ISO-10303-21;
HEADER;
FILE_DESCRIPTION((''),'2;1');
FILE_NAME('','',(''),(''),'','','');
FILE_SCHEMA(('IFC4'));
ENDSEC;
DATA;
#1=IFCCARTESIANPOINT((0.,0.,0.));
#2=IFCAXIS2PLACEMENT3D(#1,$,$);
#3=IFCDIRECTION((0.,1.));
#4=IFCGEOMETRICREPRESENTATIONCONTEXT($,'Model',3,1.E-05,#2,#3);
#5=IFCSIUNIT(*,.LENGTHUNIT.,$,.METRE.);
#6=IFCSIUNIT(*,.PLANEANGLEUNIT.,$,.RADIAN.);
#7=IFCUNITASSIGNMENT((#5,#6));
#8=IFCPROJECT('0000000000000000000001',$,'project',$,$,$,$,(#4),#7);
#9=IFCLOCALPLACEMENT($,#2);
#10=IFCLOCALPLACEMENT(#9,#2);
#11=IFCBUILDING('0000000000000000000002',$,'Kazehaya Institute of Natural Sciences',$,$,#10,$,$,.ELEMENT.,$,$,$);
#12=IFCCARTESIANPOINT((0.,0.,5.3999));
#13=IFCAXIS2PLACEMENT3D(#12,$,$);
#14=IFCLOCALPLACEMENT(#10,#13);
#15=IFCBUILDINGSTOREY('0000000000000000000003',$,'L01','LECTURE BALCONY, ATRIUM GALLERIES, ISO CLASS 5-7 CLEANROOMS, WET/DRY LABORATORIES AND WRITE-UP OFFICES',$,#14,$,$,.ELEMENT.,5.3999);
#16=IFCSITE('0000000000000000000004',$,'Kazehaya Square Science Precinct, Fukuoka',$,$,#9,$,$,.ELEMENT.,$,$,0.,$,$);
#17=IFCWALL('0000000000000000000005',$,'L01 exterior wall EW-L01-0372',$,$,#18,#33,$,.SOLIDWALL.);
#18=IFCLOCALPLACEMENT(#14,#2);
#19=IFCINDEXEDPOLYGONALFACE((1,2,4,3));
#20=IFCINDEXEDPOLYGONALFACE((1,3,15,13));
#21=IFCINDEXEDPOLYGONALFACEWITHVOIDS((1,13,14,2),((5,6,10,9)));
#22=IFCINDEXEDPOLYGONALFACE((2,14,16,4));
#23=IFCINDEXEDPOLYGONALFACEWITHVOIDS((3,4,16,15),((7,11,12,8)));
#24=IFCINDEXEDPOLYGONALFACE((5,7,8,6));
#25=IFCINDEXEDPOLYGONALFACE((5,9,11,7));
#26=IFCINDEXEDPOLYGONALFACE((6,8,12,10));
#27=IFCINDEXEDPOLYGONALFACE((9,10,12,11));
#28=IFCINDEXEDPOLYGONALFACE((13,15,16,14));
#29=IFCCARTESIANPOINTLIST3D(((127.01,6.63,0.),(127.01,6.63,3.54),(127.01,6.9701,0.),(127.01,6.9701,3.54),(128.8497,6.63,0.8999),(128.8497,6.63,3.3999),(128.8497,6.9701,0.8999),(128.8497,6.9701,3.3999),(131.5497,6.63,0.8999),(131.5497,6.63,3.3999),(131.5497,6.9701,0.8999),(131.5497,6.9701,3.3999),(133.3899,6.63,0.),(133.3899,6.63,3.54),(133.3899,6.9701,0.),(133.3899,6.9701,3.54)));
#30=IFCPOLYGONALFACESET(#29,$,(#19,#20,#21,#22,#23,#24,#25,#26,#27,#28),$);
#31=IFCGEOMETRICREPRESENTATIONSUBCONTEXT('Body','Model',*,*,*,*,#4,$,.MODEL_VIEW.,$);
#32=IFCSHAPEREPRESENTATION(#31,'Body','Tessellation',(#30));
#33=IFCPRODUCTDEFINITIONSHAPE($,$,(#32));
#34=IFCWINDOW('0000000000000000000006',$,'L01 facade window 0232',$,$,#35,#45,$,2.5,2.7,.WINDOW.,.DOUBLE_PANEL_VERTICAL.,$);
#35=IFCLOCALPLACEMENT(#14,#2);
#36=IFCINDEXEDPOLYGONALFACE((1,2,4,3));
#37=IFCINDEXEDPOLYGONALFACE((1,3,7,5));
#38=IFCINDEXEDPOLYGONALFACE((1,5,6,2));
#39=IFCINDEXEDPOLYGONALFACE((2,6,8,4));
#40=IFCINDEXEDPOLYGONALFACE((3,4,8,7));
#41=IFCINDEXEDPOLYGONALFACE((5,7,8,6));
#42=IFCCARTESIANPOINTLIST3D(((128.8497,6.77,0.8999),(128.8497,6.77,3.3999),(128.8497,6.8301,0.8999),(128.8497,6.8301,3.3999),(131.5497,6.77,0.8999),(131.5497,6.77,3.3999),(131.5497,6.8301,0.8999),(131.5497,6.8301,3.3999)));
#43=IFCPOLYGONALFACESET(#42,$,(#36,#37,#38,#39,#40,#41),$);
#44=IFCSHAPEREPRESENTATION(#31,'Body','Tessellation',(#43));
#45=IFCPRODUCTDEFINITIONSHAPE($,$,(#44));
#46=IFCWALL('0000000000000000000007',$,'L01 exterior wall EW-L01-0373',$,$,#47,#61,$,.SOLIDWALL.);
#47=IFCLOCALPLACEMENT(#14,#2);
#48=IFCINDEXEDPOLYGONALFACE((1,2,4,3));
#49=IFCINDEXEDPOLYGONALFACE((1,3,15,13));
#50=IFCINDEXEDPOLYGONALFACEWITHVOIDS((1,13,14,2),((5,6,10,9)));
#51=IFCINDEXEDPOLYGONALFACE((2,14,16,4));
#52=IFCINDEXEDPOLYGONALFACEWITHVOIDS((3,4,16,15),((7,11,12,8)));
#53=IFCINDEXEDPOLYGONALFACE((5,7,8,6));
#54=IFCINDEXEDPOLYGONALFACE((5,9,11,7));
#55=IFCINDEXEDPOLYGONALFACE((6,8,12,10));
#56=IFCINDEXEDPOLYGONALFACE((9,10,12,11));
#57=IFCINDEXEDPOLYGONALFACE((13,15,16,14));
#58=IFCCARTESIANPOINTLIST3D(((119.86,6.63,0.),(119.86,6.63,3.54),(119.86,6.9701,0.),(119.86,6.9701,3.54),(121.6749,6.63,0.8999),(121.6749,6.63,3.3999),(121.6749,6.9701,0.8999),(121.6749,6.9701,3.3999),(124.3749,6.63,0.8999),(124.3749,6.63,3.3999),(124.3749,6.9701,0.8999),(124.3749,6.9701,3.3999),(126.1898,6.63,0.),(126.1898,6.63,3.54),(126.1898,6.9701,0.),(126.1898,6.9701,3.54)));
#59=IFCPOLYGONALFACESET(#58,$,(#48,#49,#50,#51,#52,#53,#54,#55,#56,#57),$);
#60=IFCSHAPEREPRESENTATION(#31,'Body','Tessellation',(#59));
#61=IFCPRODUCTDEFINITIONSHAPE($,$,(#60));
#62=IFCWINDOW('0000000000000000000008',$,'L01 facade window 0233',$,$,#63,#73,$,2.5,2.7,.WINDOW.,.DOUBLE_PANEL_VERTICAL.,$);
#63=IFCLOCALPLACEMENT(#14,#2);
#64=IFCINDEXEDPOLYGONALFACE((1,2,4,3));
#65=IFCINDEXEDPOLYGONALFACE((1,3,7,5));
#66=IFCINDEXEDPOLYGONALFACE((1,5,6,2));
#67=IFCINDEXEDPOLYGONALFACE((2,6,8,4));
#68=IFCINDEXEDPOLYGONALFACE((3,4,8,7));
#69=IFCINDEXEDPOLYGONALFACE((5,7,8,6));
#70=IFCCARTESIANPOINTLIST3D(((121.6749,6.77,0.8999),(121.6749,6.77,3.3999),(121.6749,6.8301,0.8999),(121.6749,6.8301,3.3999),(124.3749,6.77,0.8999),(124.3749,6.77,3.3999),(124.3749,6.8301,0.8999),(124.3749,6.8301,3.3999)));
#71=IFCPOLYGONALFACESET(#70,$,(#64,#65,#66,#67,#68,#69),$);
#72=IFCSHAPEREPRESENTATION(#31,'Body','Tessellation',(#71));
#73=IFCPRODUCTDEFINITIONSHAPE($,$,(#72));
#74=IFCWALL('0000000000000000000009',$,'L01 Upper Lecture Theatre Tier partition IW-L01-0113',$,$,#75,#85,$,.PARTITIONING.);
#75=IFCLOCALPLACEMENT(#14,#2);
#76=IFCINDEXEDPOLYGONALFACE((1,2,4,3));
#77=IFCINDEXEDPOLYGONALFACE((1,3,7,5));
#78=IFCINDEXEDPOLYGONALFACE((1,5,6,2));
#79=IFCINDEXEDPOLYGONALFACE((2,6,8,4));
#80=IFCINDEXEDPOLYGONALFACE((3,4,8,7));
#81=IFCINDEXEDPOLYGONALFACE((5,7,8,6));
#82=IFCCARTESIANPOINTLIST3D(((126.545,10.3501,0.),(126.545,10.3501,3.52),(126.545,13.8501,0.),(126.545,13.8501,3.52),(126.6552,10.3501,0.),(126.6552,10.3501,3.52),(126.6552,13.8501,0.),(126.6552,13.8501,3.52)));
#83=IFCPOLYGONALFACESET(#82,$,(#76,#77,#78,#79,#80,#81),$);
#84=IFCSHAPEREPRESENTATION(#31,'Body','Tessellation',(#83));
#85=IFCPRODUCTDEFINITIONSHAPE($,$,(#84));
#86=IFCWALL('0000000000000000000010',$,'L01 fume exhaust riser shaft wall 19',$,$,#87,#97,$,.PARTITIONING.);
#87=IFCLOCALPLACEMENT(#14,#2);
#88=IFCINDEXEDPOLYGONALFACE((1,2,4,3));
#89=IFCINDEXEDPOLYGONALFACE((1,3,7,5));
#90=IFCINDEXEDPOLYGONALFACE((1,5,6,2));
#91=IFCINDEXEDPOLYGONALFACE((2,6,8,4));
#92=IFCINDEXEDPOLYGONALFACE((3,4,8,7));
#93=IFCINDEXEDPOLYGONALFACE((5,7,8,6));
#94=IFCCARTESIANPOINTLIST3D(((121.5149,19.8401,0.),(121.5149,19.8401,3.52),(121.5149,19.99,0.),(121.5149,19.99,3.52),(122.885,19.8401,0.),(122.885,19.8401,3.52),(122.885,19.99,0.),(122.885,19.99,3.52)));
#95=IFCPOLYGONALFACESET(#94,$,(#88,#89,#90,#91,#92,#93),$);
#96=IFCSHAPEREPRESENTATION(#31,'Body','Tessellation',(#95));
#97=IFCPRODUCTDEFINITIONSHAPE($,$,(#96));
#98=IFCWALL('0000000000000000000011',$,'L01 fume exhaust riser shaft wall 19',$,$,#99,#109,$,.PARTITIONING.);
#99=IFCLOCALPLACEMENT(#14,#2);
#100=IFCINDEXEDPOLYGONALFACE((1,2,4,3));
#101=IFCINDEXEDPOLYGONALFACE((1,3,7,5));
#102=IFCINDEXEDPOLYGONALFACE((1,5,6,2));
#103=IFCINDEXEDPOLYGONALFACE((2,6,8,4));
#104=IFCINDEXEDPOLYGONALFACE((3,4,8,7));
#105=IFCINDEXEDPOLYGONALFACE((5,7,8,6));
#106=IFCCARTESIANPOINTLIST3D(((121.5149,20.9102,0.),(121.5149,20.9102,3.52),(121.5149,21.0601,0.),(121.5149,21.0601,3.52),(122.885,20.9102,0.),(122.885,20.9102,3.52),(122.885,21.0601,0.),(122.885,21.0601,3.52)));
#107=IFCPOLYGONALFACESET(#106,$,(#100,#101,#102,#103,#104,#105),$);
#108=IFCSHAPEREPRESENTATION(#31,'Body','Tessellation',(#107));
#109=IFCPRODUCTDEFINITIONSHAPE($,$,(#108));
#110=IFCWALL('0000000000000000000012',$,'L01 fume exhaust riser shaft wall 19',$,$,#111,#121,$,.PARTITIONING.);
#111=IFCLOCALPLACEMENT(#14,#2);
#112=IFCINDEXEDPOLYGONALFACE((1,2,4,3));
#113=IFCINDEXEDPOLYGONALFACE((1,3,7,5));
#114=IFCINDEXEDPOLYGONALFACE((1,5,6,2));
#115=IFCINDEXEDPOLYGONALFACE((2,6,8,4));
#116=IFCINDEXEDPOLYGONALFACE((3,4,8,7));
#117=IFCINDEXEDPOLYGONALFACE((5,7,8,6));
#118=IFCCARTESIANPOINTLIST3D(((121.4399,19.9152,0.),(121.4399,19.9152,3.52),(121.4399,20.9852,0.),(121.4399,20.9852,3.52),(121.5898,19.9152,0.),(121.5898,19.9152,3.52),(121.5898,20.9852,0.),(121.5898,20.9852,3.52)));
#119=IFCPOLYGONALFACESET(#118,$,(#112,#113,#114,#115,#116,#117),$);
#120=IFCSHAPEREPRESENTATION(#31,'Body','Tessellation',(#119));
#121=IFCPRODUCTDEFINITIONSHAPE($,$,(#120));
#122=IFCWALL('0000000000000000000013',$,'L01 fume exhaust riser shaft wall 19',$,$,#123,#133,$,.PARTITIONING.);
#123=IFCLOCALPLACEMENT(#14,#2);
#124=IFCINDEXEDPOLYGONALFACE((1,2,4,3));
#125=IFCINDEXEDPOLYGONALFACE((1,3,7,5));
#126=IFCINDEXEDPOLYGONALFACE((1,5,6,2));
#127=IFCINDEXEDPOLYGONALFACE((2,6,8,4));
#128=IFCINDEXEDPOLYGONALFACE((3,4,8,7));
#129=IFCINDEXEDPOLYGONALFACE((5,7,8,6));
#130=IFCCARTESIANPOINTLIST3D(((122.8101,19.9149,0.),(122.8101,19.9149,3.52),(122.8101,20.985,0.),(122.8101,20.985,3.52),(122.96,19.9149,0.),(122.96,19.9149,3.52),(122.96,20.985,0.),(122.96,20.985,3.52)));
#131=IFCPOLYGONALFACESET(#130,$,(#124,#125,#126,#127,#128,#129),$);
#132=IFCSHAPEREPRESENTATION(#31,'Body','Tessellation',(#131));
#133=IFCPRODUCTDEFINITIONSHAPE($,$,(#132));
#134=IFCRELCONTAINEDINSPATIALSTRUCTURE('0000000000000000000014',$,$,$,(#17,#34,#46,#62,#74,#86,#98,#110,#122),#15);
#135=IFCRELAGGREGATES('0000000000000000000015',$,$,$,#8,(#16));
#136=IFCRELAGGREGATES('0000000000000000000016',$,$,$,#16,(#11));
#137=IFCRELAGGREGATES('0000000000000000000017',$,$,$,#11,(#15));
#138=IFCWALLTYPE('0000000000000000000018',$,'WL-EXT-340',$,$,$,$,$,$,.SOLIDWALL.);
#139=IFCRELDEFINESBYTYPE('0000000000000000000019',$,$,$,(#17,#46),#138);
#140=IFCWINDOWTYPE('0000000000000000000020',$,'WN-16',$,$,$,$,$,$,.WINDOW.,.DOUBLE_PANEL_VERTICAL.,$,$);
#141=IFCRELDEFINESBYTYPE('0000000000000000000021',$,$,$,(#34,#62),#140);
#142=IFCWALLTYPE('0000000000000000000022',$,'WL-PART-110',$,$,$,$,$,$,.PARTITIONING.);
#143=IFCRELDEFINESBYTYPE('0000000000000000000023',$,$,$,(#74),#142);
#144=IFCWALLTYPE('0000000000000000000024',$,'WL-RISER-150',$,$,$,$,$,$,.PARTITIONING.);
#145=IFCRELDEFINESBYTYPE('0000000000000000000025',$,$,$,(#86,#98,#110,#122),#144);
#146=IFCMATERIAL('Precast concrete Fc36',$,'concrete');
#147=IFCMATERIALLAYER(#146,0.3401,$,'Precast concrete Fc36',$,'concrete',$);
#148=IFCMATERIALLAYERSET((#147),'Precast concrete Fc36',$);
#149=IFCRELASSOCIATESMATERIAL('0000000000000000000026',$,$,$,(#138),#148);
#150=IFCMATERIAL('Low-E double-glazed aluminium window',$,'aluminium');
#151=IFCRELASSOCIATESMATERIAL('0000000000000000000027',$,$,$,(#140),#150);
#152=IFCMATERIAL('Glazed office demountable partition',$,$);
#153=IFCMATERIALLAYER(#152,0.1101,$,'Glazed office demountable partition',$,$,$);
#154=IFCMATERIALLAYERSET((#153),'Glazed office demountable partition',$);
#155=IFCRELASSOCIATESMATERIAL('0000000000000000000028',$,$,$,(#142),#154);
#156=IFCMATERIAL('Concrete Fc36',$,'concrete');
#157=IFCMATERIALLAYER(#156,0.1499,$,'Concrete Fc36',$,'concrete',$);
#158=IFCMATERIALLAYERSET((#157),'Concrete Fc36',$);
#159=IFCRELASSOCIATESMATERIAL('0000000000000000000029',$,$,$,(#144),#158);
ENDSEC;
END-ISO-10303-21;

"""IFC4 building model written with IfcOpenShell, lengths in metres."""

from ifc_helpers import new_model, si_unit, direction, frame, frame_2d, origin, place, context, subcontext, project, spatial, rectangle, extrude, material, layer, layer_set, type_object, element, fill, save


model = new_model("IFC4")

# Units and contexts
model_context = context("Model", 3, precision=1e-05, world=origin(), true_north=direction((0.0, 1.0)))
body_context = subcontext(model_context, "Body", "Model", "MODEL_VIEW")
ifc_project = project(units=[si_unit("LENGTHUNIT", "METRE"), si_unit("PLANEANGLEUNIT", "RADIAN")], contexts=[model_context])

# Site, building, storey
site_placement = place(None, origin())
site = spatial("IfcSite", under=ifc_project, at=site_placement, Name="Kazehaya Square Science Precinct, Fukuoka", CompositionType="ELEMENT", RefElevation=0.0)
building_placement = place(site_placement, origin())
building = spatial("IfcBuilding", under=site, at=building_placement, Name="Kazehaya Institute of Natural Sciences", CompositionType="ELEMENT")
storey_placement = place(building_placement, frame((0.0, 0.0, 5.3999)))
storey = spatial("IfcBuildingStorey", under=building, at=storey_placement, Name="L01", Description="LECTURE BALCONY, ATRIUM GALLERIES, ISO CLASS 5-7 CLEANROOMS, WET/DRY LABORATORIES AND WRITE-UP OFFICES", CompositionType="ELEMENT", Elevation=5.3999)

# Shared definitions
ifc_material_1 = material(Name="Concrete Fc36", Category="concrete")

# Walls, openings, windows
ifc_material_2 = material(Name="Precast concrete Fc36", Category="concrete")
ifc_layer_1 = layer(ifc_material_2, 0.3401, Name="Precast concrete Fc36", Category="concrete")
ifc_layer_set_1 = layer_set([ifc_layer_1], Name="Precast concrete Fc36")
wall_type_1 = type_object("IfcWallType", Name="WL-EXT-340", PredefinedType="SOLIDWALL", material=ifc_layer_set_1)
wall_1_placement = place(storey_placement, frame((133.3899, 6.8, 0.0), z_axis=(0.0, 0.0, 1.0), x_axis=(-1.0, 0.0, 0.0)))
wall_1 = element("IfcWall", 1, at=wall_1_placement, inside=storey, type_object=wall_type_1, Name="L01 exterior wall EW-L01-0372", PredefinedType="SOLIDWALL", context=body_context, shape_type="SweptSolid", body=[
    extrude(rectangle(XDim=6.3799, YDim=0.3401, at=frame_2d((3.1899, 0.0))), origin(), (0.0, 0.0, 1.0), 3.54),
])
opening_1_placement = place(wall_1_placement, frame((1.8401, 0.0, 0.8999)))
opening_1 = element("IfcOpeningElement", 2, at=opening_1_placement, cuts=wall_1, PredefinedType="OPENING", context=body_context, shape_type="SweptSolid", body=[
    extrude(rectangle(XDim=2.7, YDim=2.5, at=frame_2d((1.3501, 1.25))), frame((0.0, 0.1799, 0.0), z_axis=(0.0, -1.0, 0.0), x_axis=(1.0, 0.0, 0.0)), (0.0, 0.0, 1.0), 0.3601),
])
ifc_material_3 = material(Name="Low-E double-glazed aluminium window", Category="aluminium")
window_type = type_object("IfcWindowType", Name="WN-16", PartitioningType="DOUBLE_PANEL_VERTICAL", PredefinedType="WINDOW", material=ifc_material_3)
window_1_placement = place(opening_1_placement, origin())
window_1 = element("IfcWindow", 3, at=window_1_placement, inside=storey, type_object=window_type, Name="L01 facade window 0232", OverallHeight=2.5, OverallWidth=2.7, PartitioningType="DOUBLE_PANEL_VERTICAL", PredefinedType="WINDOW", context=body_context, shape_type="SweptSolid", body=[
    extrude(rectangle(XDim=2.7, YDim=2.5, at=frame_2d((1.3501, 1.25))), frame((0.0, 0.03, 0.0), z_axis=(0.0, -1.0, 0.0), x_axis=(1.0, 0.0, 0.0)), (0.0, 0.0, 1.0), 0.0601),
])
fill(opening_1, window_1)
wall_2_placement = place(storey_placement, frame((126.1899, 6.8, 0.0), z_axis=(0.0, 0.0, 1.0), x_axis=(-1.0, 0.0, 0.0)))
wall_2 = element("IfcWall", 4, at=wall_2_placement, inside=storey, type_object=wall_type_1, Name="L01 exterior wall EW-L01-0373", PredefinedType="SOLIDWALL", context=body_context, shape_type="SweptSolid", body=[
    extrude(rectangle(XDim=6.3298, YDim=0.3401, at=frame_2d((3.165, 0.0))), origin(), (0.0, 0.0, 1.0), 3.54),
])
opening_2_placement = place(wall_2_placement, frame((1.8149, 0.0, 0.8999)))
opening_2 = element("IfcOpeningElement", 5, at=opening_2_placement, cuts=wall_2, PredefinedType="OPENING", context=body_context, shape_type="SweptSolid", body=[
    extrude(rectangle(XDim=2.7, YDim=2.5, at=frame_2d((1.3501, 1.25))), frame((0.0, 0.1799, 0.0), z_axis=(0.0, -1.0, 0.0), x_axis=(1.0, 0.0, 0.0)), (0.0, 0.0, 1.0), 0.3601),
])
window_2_placement = place(opening_2_placement, origin())
window_2 = element("IfcWindow", 6, at=window_2_placement, inside=storey, type_object=window_type, Name="L01 facade window 0233", OverallHeight=2.5, OverallWidth=2.7, PartitioningType="DOUBLE_PANEL_VERTICAL", PredefinedType="WINDOW", context=body_context, shape_type="SweptSolid", body=[
    extrude(rectangle(XDim=2.7, YDim=2.5, at=frame_2d((1.3501, 1.25))), frame((0.0, 0.03, 0.0), z_axis=(0.0, -1.0, 0.0), x_axis=(1.0, 0.0, 0.0)), (0.0, 0.0, 1.0), 0.0601),
])
fill(opening_2, window_2)

# Walls
ifc_material_4 = material(Name="Glazed office demountable partition")
ifc_layer_2 = layer(ifc_material_4, 0.1101, Name="Glazed office demountable partition")
ifc_layer_set_2 = layer_set([ifc_layer_2], Name="Glazed office demountable partition")
wall_type_2 = type_object("IfcWallType", Name="WL-PART-110", PredefinedType="PARTITIONING", material=ifc_layer_set_2)
wall_3_placement = place(storey_placement, frame((126.6001, 10.3501, 0.0), z_axis=(0.0, 0.0, 1.0), x_axis=(0.0, 1.0, 0.0)))
element("IfcWall", 7, at=wall_3_placement, inside=storey, type_object=wall_type_2, Name="L01 Upper Lecture Theatre Tier partition IW-L01-0113", PredefinedType="PARTITIONING", context=body_context, shape_type="SweptSolid", body=[
    extrude(rectangle(XDim=3.5, YDim=0.1101, at=frame_2d((1.75, 0.0))), origin(), (0.0, 0.0, 1.0), 3.52),
])
ifc_layer_3 = layer(ifc_material_1, 0.1499, Name="Concrete Fc36", Category="concrete")
ifc_layer_set_3 = layer_set([ifc_layer_3], Name="Concrete Fc36")
wall_type_3 = type_object("IfcWallType", Name="WL-RISER-150", PredefinedType="PARTITIONING", material=ifc_layer_set_3)
for number, where, z_axis, x_axis, name in (
    (8, (122.885, 19.915, 0.0), (0.0, 0.0, 1.0), (-1.0, 0.0, 0.0), "L01 fume exhaust riser shaft wall 19"),
    (9, (121.5149, 20.9851, 0.0), (0.0, 0.0, 1.0), (1.0, 0.0, 0.0), "L01 fume exhaust riser shaft wall 19"),
):
    element("IfcWall", number, at=place(storey_placement, frame(where, z_axis=z_axis, x_axis=x_axis)), inside=storey, type_object=wall_type_3, Name=name, PredefinedType="PARTITIONING", context=body_context, shape_type="SweptSolid", body=[
        extrude(rectangle(XDim=1.3701, YDim=0.1499, at=frame_2d((0.6851, 0.0))), origin(), (0.0, 0.0, 1.0), 3.52),
    ])
for number, where, z_axis, x_axis, name in (
    (10, (121.5149, 19.915, 0.0), (0.0, 0.0, 1.0), (0.0, 1.0, 0.0), "L01 fume exhaust riser shaft wall 19"),
    (11, (122.885, 20.9851, 0.0), (0.0, 0.0, 1.0), (0.0, -1.0, 0.0), "L01 fume exhaust riser shaft wall 19"),
):
    element("IfcWall", number, at=place(storey_placement, frame(where, z_axis=z_axis, x_axis=x_axis)), inside=storey, type_object=wall_type_3, Name=name, PredefinedType="PARTITIONING", context=body_context, shape_type="SweptSolid", body=[
        extrude(rectangle(XDim=1.0701, YDim=0.1499, at=frame_2d((0.5352, 0.0))), origin(), (0.0, 0.0, 1.0), 3.52),
    ])

save(model, "model.ifc")
